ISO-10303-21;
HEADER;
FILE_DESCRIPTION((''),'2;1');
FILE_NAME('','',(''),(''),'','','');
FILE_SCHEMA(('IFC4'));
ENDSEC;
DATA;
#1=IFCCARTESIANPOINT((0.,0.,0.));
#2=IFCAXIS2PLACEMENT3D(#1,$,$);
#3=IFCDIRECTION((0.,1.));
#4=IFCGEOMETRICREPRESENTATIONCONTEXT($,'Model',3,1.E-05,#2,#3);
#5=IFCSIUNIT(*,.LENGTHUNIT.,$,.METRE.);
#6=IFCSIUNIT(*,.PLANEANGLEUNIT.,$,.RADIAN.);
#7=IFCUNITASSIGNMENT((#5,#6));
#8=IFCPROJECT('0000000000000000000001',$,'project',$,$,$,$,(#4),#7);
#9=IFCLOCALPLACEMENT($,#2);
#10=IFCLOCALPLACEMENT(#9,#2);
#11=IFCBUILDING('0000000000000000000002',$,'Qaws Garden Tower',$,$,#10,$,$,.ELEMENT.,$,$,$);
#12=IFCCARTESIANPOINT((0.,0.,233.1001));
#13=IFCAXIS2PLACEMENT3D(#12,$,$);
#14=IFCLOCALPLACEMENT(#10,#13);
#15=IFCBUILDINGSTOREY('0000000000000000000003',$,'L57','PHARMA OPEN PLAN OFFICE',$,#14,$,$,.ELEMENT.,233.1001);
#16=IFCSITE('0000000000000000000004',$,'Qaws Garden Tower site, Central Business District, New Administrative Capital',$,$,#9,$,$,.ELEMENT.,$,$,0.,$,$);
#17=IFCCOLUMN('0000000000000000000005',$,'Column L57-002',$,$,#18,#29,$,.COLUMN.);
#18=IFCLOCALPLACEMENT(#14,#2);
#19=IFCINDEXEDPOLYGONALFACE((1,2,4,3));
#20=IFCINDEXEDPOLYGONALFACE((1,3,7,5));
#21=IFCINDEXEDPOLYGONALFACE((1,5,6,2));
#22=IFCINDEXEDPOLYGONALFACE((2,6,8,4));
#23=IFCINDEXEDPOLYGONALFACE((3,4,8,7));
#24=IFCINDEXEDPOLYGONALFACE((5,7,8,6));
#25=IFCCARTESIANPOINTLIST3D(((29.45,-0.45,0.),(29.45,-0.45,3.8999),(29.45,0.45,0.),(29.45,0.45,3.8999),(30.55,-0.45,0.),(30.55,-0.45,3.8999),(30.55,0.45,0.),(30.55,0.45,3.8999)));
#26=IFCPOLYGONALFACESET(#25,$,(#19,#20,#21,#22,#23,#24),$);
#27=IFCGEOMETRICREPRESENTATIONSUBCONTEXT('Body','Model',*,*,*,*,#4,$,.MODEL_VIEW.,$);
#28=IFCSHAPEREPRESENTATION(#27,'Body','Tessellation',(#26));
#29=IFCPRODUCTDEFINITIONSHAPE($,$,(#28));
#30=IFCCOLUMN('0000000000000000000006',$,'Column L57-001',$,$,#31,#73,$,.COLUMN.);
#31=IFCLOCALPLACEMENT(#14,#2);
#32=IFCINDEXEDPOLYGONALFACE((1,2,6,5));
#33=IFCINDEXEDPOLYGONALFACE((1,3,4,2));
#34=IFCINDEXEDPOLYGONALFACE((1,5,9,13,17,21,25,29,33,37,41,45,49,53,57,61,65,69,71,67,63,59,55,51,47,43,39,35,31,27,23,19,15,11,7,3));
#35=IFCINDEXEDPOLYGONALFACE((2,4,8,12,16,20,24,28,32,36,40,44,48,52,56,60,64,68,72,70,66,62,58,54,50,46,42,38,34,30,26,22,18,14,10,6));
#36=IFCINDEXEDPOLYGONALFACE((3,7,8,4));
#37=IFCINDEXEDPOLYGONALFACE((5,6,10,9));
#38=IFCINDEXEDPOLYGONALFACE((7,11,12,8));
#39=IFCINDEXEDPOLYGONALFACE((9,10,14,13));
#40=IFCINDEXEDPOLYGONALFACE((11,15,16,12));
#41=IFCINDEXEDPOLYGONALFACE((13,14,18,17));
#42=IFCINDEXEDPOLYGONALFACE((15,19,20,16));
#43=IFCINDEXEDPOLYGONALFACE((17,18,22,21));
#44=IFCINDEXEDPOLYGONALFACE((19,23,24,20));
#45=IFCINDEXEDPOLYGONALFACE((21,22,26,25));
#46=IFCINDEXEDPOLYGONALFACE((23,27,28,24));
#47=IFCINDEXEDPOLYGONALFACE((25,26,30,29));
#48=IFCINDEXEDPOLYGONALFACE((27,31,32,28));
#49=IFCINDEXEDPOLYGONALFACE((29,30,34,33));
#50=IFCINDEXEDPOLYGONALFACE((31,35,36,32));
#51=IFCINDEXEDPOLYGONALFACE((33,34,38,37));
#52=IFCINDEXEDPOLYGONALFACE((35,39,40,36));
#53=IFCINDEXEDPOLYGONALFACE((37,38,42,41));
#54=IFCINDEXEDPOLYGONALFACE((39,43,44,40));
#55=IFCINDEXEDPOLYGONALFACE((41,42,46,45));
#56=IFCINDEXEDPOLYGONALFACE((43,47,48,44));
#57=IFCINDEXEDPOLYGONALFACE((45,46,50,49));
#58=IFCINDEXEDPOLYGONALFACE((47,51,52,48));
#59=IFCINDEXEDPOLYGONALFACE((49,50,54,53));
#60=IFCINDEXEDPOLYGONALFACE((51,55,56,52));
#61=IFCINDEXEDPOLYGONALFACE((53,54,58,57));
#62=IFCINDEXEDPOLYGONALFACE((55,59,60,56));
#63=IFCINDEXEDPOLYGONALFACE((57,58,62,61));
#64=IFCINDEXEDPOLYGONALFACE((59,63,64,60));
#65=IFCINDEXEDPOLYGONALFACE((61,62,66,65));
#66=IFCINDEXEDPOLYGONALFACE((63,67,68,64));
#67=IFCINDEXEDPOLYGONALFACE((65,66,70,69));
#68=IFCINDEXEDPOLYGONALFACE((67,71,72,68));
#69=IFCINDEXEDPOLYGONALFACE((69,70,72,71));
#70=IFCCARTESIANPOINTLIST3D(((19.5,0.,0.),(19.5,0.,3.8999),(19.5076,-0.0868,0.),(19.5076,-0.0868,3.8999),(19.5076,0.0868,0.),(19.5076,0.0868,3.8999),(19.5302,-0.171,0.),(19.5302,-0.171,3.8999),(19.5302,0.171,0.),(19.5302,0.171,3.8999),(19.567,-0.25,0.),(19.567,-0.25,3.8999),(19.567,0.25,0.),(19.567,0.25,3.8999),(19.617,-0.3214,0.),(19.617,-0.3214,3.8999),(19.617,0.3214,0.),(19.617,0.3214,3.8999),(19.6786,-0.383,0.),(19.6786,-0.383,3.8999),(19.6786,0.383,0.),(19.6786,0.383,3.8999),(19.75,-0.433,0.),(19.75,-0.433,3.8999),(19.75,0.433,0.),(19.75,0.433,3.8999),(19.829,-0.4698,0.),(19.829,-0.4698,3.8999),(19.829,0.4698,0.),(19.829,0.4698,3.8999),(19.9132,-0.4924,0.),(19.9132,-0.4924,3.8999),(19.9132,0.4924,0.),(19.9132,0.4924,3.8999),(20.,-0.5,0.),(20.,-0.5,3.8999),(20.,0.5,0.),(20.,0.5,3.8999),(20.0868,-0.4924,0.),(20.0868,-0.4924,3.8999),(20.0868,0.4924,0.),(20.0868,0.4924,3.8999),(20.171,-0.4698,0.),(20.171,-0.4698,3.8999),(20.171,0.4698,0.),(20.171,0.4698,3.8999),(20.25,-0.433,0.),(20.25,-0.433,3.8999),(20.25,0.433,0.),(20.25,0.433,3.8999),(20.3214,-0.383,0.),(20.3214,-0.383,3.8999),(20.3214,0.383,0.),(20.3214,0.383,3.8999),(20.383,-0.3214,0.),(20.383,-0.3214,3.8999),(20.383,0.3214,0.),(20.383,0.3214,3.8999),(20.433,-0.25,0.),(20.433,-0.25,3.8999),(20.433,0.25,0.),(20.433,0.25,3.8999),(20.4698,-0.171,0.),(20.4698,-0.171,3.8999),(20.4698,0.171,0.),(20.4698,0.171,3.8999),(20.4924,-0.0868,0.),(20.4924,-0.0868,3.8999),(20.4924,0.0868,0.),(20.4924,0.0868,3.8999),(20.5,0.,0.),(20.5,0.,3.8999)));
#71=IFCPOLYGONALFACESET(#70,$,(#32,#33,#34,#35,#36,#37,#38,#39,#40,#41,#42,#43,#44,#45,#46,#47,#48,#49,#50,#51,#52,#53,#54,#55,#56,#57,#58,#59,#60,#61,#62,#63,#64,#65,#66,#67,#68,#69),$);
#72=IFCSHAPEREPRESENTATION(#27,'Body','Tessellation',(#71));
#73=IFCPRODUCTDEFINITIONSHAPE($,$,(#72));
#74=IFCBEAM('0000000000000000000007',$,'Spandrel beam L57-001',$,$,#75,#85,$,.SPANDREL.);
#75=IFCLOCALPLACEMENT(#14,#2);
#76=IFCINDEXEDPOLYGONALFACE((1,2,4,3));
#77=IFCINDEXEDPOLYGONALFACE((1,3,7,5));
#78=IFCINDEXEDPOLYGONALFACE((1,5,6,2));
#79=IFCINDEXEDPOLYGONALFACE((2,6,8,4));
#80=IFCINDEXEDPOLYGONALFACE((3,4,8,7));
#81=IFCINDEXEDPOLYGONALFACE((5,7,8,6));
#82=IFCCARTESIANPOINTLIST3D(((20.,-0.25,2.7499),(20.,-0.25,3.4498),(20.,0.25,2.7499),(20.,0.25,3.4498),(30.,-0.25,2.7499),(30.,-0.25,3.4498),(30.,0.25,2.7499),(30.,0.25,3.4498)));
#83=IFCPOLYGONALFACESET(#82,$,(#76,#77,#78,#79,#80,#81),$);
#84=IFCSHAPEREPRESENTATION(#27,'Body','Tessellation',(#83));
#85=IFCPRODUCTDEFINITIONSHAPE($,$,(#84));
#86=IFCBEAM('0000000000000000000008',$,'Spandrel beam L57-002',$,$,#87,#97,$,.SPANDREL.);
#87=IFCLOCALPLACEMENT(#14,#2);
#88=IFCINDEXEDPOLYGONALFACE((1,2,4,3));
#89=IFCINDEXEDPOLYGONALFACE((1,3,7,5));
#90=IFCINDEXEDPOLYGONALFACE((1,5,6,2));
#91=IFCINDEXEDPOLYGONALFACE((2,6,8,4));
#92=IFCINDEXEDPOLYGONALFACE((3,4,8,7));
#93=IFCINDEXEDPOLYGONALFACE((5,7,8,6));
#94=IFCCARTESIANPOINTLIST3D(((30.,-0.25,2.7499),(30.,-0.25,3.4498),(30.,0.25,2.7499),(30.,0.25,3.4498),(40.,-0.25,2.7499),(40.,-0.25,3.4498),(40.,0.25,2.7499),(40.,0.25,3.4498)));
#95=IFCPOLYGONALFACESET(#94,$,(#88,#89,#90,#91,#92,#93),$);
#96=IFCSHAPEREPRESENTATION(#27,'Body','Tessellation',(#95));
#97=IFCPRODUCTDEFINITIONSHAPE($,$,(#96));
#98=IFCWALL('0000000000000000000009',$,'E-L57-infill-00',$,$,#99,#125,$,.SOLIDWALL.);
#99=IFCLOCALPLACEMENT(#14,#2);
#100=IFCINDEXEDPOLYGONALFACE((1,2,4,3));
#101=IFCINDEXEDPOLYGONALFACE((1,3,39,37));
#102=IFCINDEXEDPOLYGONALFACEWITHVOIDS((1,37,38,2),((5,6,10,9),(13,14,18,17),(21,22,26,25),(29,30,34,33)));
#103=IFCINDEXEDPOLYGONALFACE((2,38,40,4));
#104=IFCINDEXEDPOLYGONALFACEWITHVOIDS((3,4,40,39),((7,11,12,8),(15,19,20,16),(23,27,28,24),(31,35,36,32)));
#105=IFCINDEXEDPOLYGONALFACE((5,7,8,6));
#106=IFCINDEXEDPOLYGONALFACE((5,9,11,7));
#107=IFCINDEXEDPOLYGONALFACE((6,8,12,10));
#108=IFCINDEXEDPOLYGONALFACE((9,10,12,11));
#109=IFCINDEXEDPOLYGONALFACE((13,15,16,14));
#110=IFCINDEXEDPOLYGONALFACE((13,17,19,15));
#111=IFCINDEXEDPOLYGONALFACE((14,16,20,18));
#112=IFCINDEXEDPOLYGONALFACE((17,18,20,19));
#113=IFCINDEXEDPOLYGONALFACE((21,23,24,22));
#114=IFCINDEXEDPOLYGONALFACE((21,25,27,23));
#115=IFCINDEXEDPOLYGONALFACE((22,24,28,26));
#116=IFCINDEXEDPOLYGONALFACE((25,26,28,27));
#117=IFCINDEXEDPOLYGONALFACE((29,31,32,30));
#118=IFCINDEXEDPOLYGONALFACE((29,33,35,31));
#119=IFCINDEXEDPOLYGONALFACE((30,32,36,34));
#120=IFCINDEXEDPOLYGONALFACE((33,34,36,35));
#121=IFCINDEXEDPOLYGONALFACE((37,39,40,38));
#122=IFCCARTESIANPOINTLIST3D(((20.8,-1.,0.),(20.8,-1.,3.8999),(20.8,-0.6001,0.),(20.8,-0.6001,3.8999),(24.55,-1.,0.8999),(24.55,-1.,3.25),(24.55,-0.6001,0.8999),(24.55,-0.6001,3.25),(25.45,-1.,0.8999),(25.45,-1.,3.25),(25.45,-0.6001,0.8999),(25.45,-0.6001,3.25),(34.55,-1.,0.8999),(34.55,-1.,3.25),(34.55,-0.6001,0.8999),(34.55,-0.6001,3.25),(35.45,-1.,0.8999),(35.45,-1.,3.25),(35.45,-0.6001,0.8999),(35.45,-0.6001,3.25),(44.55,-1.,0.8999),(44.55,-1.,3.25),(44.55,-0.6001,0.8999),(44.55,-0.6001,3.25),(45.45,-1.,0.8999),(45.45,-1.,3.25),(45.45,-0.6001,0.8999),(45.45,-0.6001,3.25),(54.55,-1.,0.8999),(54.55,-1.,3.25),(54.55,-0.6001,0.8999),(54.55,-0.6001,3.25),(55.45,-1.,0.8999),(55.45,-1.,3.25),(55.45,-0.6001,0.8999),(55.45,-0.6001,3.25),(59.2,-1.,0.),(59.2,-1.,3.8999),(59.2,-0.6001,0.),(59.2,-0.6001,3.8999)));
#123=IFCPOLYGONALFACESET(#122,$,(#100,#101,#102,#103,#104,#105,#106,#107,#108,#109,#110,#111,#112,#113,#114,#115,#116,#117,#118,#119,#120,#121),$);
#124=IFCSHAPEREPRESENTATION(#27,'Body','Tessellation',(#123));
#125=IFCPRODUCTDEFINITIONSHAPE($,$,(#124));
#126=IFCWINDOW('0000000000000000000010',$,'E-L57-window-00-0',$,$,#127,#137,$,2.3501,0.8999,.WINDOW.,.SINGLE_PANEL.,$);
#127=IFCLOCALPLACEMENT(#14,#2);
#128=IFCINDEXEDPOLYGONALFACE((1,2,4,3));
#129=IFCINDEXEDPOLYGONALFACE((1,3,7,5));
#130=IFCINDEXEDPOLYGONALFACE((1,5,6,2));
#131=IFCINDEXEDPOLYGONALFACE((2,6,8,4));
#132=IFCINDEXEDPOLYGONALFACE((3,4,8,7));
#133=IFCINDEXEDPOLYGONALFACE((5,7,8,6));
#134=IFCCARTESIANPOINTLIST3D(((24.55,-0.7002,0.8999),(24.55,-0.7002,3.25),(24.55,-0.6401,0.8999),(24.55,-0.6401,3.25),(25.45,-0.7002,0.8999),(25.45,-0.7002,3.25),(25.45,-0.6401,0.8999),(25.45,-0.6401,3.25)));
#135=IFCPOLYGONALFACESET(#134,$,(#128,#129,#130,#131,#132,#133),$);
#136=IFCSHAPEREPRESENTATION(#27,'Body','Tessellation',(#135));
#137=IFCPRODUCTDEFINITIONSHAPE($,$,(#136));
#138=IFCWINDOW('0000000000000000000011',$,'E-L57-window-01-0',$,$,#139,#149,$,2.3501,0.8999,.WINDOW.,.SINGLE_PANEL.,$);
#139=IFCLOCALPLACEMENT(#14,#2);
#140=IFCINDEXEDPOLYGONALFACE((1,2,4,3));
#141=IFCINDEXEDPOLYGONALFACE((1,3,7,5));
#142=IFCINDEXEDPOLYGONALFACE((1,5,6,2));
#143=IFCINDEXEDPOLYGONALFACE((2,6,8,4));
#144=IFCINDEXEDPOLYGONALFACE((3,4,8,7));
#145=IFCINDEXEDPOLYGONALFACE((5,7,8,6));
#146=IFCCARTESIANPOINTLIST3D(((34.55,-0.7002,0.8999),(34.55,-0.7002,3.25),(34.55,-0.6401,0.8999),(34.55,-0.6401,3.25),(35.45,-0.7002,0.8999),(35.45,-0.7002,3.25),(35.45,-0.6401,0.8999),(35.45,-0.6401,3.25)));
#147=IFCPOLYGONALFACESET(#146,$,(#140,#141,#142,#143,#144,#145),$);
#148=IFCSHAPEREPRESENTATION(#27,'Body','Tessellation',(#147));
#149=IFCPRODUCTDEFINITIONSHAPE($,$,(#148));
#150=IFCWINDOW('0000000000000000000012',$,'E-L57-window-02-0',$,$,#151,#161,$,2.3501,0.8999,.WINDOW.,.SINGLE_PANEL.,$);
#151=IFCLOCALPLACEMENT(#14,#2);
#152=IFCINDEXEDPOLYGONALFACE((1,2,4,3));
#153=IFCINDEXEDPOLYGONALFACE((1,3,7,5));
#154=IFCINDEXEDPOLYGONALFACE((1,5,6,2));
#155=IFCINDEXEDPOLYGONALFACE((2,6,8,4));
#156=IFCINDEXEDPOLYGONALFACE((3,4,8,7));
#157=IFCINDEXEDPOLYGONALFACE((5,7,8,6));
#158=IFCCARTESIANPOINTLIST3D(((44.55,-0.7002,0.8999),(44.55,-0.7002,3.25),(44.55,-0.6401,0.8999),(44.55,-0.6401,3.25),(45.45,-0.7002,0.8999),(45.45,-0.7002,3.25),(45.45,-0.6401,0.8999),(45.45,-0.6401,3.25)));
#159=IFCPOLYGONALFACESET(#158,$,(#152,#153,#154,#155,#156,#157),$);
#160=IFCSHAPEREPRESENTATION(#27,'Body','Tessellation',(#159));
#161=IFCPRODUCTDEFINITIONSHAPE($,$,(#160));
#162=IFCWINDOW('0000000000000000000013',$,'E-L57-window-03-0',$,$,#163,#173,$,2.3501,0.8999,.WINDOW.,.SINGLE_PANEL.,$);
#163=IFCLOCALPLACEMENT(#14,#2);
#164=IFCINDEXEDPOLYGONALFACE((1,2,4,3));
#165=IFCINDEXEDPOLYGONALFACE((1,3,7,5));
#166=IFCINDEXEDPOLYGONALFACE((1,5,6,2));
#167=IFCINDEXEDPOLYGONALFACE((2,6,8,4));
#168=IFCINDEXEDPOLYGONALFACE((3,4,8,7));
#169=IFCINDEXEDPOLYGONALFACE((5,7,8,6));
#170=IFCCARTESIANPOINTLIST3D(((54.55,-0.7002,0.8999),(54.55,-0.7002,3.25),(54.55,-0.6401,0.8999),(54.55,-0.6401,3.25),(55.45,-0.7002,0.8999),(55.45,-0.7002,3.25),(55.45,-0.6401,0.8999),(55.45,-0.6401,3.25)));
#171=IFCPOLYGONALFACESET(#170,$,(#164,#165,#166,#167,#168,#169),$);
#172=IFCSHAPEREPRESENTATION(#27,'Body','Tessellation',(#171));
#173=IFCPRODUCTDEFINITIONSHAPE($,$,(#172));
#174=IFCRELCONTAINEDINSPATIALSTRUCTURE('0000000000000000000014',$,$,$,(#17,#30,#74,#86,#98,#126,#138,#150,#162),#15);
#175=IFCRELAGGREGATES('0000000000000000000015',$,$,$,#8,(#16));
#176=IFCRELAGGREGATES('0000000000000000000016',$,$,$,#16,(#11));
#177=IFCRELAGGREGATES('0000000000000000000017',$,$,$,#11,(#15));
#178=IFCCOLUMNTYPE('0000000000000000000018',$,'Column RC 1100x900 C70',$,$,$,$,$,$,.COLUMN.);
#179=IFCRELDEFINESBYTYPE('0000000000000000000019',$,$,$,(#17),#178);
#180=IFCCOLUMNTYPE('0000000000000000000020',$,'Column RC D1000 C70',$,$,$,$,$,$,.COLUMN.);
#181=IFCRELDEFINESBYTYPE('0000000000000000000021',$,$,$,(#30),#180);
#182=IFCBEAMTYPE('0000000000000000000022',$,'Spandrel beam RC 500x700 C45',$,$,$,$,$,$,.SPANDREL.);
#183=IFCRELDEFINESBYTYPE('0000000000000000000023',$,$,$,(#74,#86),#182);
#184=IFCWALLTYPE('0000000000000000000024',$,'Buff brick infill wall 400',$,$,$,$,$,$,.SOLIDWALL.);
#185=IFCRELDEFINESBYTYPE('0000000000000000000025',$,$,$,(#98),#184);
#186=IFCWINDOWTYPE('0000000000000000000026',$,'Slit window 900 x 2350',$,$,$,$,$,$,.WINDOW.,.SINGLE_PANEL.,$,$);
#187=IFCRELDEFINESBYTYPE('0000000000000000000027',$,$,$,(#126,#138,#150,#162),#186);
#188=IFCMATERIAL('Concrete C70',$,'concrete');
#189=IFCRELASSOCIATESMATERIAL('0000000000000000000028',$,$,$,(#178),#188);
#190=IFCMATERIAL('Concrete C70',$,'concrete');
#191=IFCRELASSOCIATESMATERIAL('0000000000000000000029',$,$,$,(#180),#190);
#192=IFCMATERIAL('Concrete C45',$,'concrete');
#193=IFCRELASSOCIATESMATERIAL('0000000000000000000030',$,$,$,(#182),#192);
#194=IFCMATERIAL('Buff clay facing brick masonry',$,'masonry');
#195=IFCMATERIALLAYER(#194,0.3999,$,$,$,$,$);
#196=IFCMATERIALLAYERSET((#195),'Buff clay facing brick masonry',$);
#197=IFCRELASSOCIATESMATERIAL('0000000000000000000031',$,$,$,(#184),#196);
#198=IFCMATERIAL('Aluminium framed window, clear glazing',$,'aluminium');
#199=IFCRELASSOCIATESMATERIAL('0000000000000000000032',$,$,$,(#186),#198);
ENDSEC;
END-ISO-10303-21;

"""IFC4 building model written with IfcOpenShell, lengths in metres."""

from ifc_helpers import new_model, si_unit, direction, frame, frame_2d, origin, origin_2d, place, context, subcontext, project, spatial, rectangle, circle, extrude, material, layer, layer_set, material_profile, profile_set, type_object, element, fill, save


model = new_model("IFC4")

# Units and contexts
model_context = context("Model", 3, precision=1e-05, world=origin(), true_north=direction((0.0, 1.0)))
body_context = subcontext(model_context, "Body", "Model", "MODEL_VIEW")
ifc_project = project(units=[si_unit("LENGTHUNIT", "METRE"), si_unit("PLANEANGLEUNIT", "RADIAN")], contexts=[model_context])

# Site, building, storey
site_placement = place(None, origin())
site = spatial("IfcSite", under=ifc_project, at=site_placement, Name="Qaws Garden Tower site, Central Business District, New Administrative Capital", CompositionType="ELEMENT", RefElevation=0.0)
building_placement = place(site_placement, origin())
building = spatial("IfcBuilding", under=site, at=building_placement, Name="Qaws Garden Tower", CompositionType="ELEMENT")
storey_placement = place(building_placement, frame((0.0, 0.0, 233.1001)))
storey = spatial("IfcBuildingStorey", under=building, at=storey_placement, Name="L57", Description="PHARMA OPEN PLAN OFFICE", CompositionType="ELEMENT", Elevation=233.1001)

# Columns
ifc_material_1 = material(Name="Concrete C70", Category="concrete")
ifc_material_profile_1 = material_profile(ifc_material_1, rectangle(XDim=1.1001, YDim=0.8999, at=origin_2d()), Name="RC 1100x900")
ifc_profile_set_1 = profile_set([ifc_material_profile_1], Name="Concrete C70")
column_type_1 = type_object("IfcColumnType", Name="Column RC 1100x900 C70", PredefinedType="COLUMN", material=ifc_profile_set_1)
column_1_placement = place(storey_placement, frame((30.0, 0.0, 0.0), z_axis=(0.0, 0.0, 1.0), x_axis=(1.0, 0.0, 0.0)))
element("IfcColumn", 1, at=column_1_placement, inside=storey, type_object=column_type_1, Name="Column L57-002", PredefinedType="COLUMN", context=body_context, shape_type="SweptSolid", body=[
    extrude(rectangle(XDim=1.1001, YDim=0.8999, at=origin_2d()), origin(), (0.0, 0.0, 1.0), 3.8999),
])
ifc_material_2 = material(Name="Concrete C70", Category="concrete")
ifc_material_profile_2 = material_profile(ifc_material_2, circle(Radius=0.5, at=origin_2d()), Name="RC D1000")
ifc_profile_set_2 = profile_set([ifc_material_profile_2], Name="Concrete C70")
column_type_2 = type_object("IfcColumnType", Name="Column RC D1000 C70", PredefinedType="COLUMN", material=ifc_profile_set_2)
column_2_placement = place(storey_placement, frame((20.0, 0.0, 0.0), z_axis=(0.0, 0.0, 1.0), x_axis=(1.0, 0.0, 0.0)))
element("IfcColumn", 2, at=column_2_placement, inside=storey, type_object=column_type_2, Name="Column L57-001", PredefinedType="COLUMN", context=body_context, shape_type="SweptSolid", body=[
    extrude(circle(Radius=0.5, at=origin_2d()), origin(), (0.0, 0.0, 1.0), 3.8999),
])

# Beams
ifc_material_3 = material(Name="Concrete C45", Category="concrete")
ifc_material_profile_3 = material_profile(ifc_material_3, rectangle(XDim=0.5, YDim=0.7, at=origin_2d()), Name="RC 500x700")
ifc_profile_set_3 = profile_set([ifc_material_profile_3], Name="Concrete C45")
beam_type = type_object("IfcBeamType", Name="Spandrel beam RC 500x700 C45", PredefinedType="SPANDREL", material=ifc_profile_set_3)
for number, where, z_axis, x_axis, name in (
    (3, (20.0, 0.0, 3.0999), (1.0, 0.0, 0.0), (0.0, 1.0, 0.0), "Spandrel beam L57-001"),
    (4, (30.0, 0.0, 3.0999), (1.0, 0.0, 0.0), (0.0, 1.0, 0.0), "Spandrel beam L57-002"),
):
    element("IfcBeam", number, at=place(storey_placement, frame(where, z_axis=z_axis, x_axis=x_axis)), inside=storey, type_object=beam_type, Name=name, PredefinedType="SPANDREL", context=body_context, shape_type="SweptSolid", body=[
        extrude(rectangle(XDim=0.5, YDim=0.7, at=origin_2d()), origin(), (0.0, 0.0, 1.0), 10.0),
    ])

# Wall, openings, windows
ifc_material_4 = material(Name="Buff clay facing brick masonry", Category="masonry")
ifc_layer_1 = layer(ifc_material_4, 0.3999)
ifc_layer_set_1 = layer_set([ifc_layer_1], Name="Buff clay facing brick masonry")
wall_type_1 = type_object("IfcWallType", Name="Buff brick infill wall 400", PredefinedType="SOLIDWALL", material=ifc_layer_set_1)
wall_1_placement = place(storey_placement, frame((20.8, -0.8, 0.0), z_axis=(0.0, 0.0, 1.0), x_axis=(1.0, 0.0, 0.0)))
wall_1 = element("IfcWall", 5, at=wall_1_placement, inside=storey, type_object=wall_type_1, Name="E-L57-infill-00", PredefinedType="SOLIDWALL", context=body_context, shape_type="SweptSolid", body=[
    extrude(rectangle(XDim=38.3999, YDim=0.3999, at=frame_2d((19.2, 0.0))), origin(), (0.0, 0.0, 1.0), 3.8999),
])
opening_1_placement = place(wall_1_placement, frame((3.75, 0.0, 0.8999)))
opening_1 = element("IfcOpeningElement", 6, at=opening_1_placement, cuts=wall_1, PredefinedType="OPENING", context=body_context, shape_type="SweptSolid", body=[
    extrude(rectangle(XDim=0.8999, YDim=2.3501, at=frame_2d((0.45, 1.175))), frame((0.0, 0.21, 0.0), z_axis=(0.0, -1.0, 0.0), x_axis=(1.0, 0.0, 0.0)), (0.0, 0.0, 1.0), 0.4199),
])
opening_2_placement = place(wall_1_placement, frame((13.75, 0.0, 0.8999)))
opening_2 = element("IfcOpeningElement", 7, at=opening_2_placement, cuts=wall_1, PredefinedType="OPENING", context=body_context, shape_type="SweptSolid", body=[
    extrude(rectangle(XDim=0.8999, YDim=2.3501, at=frame_2d((0.45, 1.175))), frame((0.0, 0.21, 0.0), z_axis=(0.0, -1.0, 0.0), x_axis=(1.0, 0.0, 0.0)), (0.0, 0.0, 1.0), 0.4199),
])
opening_3_placement = place(wall_1_placement, frame((23.75, 0.0, 0.8999)))
opening_3 = element("IfcOpeningElement", 8, at=opening_3_placement, cuts=wall_1, PredefinedType="OPENING", context=body_context, shape_type="SweptSolid", body=[
    extrude(rectangle(XDim=0.8999, YDim=2.3501, at=frame_2d((0.45, 1.175))), frame((0.0, 0.21, 0.0), z_axis=(0.0, -1.0, 0.0), x_axis=(1.0, 0.0, 0.0)), (0.0, 0.0, 1.0), 0.4199),
])
opening_4_placement = place(wall_1_placement, frame((33.75, 0.0, 0.8999)))
opening_4 = element("IfcOpeningElement", 9, at=opening_4_placement, cuts=wall_1, PredefinedType="OPENING", context=body_context, shape_type="SweptSolid", body=[
    extrude(rectangle(XDim=0.8999, YDim=2.3501, at=frame_2d((0.45, 1.175))), frame((0.0, 0.21, 0.0), z_axis=(0.0, -1.0, 0.0), x_axis=(1.0, 0.0, 0.0)), (0.0, 0.0, 1.0), 0.4199),
])
ifc_material_5 = material(Name="Aluminium framed window, clear glazing", Category="aluminium")
window_type = type_object("IfcWindowType", Name="Slit window 900 x 2350", PartitioningType="SINGLE_PANEL", PredefinedType="WINDOW", material=ifc_material_5)
window_1_placement = place(opening_1_placement, origin())
window_1 = element("IfcWindow", 10, at=window_1_placement, inside=storey, type_object=window_type, Name="E-L57-window-00-0", OverallHeight=2.3501, OverallWidth=0.8999, PartitioningType="SINGLE_PANEL", PredefinedType="WINDOW", context=body_context, shape_type="SweptSolid", body=[
    extrude(rectangle(XDim=0.8999, YDim=2.3501, at=frame_2d((0.45, 1.175))), frame((0.0, 0.1599, 0.0), z_axis=(0.0, -1.0, 0.0), x_axis=(1.0, 0.0, 0.0)), (0.0, 0.0, 1.0), 0.0601),
])
fill(opening_1, window_1)
window_2_placement = place(opening_2_placement, origin())
window_2 = element("IfcWindow", 11, at=window_2_placement, inside=storey, type_object=window_type, Name="E-L57-window-01-0", OverallHeight=2.3501, OverallWidth=0.8999, PartitioningType="SINGLE_PANEL", PredefinedType="WINDOW", context=body_context, shape_type="SweptSolid", body=[
    extrude(rectangle(XDim=0.8999, YDim=2.3501, at=frame_2d((0.45, 1.175))), frame((0.0, 0.1599, 0.0), z_axis=(0.0, -1.0, 0.0), x_axis=(1.0, 0.0, 0.0)), (0.0, 0.0, 1.0), 0.0601),
])
fill(opening_2, window_2)
window_3_placement = place(opening_3_placement, origin())
window_3 = element("IfcWindow", 12, at=window_3_placement, inside=storey, type_object=window_type, Name="E-L57-window-02-0", OverallHeight=2.3501, OverallWidth=0.8999, PartitioningType="SINGLE_PANEL", PredefinedType="WINDOW", context=body_context, shape_type="SweptSolid", body=[
    extrude(rectangle(XDim=0.8999, YDim=2.3501, at=frame_2d((0.45, 1.175))), frame((0.0, 0.1599, 0.0), z_axis=(0.0, -1.0, 0.0), x_axis=(1.0, 0.0, 0.0)), (0.0, 0.0, 1.0), 0.0601),
])
fill(opening_3, window_3)
window_4_placement = place(opening_4_placement, origin())
window_4 = element("IfcWindow", 13, at=window_4_placement, inside=storey, type_object=window_type, Name="E-L57-window-03-0", OverallHeight=2.3501, OverallWidth=0.8999, PartitioningType="SINGLE_PANEL", PredefinedType="WINDOW", context=body_context, shape_type="SweptSolid", body=[
    extrude(rectangle(XDim=0.8999, YDim=2.3501, at=frame_2d((0.45, 1.175))), frame((0.0, 0.1599, 0.0), z_axis=(0.0, -1.0, 0.0), x_axis=(1.0, 0.0, 0.0)), (0.0, 0.0, 1.0), 0.0601),
])
fill(opening_4, window_4)

save(model, "model.ifc")
